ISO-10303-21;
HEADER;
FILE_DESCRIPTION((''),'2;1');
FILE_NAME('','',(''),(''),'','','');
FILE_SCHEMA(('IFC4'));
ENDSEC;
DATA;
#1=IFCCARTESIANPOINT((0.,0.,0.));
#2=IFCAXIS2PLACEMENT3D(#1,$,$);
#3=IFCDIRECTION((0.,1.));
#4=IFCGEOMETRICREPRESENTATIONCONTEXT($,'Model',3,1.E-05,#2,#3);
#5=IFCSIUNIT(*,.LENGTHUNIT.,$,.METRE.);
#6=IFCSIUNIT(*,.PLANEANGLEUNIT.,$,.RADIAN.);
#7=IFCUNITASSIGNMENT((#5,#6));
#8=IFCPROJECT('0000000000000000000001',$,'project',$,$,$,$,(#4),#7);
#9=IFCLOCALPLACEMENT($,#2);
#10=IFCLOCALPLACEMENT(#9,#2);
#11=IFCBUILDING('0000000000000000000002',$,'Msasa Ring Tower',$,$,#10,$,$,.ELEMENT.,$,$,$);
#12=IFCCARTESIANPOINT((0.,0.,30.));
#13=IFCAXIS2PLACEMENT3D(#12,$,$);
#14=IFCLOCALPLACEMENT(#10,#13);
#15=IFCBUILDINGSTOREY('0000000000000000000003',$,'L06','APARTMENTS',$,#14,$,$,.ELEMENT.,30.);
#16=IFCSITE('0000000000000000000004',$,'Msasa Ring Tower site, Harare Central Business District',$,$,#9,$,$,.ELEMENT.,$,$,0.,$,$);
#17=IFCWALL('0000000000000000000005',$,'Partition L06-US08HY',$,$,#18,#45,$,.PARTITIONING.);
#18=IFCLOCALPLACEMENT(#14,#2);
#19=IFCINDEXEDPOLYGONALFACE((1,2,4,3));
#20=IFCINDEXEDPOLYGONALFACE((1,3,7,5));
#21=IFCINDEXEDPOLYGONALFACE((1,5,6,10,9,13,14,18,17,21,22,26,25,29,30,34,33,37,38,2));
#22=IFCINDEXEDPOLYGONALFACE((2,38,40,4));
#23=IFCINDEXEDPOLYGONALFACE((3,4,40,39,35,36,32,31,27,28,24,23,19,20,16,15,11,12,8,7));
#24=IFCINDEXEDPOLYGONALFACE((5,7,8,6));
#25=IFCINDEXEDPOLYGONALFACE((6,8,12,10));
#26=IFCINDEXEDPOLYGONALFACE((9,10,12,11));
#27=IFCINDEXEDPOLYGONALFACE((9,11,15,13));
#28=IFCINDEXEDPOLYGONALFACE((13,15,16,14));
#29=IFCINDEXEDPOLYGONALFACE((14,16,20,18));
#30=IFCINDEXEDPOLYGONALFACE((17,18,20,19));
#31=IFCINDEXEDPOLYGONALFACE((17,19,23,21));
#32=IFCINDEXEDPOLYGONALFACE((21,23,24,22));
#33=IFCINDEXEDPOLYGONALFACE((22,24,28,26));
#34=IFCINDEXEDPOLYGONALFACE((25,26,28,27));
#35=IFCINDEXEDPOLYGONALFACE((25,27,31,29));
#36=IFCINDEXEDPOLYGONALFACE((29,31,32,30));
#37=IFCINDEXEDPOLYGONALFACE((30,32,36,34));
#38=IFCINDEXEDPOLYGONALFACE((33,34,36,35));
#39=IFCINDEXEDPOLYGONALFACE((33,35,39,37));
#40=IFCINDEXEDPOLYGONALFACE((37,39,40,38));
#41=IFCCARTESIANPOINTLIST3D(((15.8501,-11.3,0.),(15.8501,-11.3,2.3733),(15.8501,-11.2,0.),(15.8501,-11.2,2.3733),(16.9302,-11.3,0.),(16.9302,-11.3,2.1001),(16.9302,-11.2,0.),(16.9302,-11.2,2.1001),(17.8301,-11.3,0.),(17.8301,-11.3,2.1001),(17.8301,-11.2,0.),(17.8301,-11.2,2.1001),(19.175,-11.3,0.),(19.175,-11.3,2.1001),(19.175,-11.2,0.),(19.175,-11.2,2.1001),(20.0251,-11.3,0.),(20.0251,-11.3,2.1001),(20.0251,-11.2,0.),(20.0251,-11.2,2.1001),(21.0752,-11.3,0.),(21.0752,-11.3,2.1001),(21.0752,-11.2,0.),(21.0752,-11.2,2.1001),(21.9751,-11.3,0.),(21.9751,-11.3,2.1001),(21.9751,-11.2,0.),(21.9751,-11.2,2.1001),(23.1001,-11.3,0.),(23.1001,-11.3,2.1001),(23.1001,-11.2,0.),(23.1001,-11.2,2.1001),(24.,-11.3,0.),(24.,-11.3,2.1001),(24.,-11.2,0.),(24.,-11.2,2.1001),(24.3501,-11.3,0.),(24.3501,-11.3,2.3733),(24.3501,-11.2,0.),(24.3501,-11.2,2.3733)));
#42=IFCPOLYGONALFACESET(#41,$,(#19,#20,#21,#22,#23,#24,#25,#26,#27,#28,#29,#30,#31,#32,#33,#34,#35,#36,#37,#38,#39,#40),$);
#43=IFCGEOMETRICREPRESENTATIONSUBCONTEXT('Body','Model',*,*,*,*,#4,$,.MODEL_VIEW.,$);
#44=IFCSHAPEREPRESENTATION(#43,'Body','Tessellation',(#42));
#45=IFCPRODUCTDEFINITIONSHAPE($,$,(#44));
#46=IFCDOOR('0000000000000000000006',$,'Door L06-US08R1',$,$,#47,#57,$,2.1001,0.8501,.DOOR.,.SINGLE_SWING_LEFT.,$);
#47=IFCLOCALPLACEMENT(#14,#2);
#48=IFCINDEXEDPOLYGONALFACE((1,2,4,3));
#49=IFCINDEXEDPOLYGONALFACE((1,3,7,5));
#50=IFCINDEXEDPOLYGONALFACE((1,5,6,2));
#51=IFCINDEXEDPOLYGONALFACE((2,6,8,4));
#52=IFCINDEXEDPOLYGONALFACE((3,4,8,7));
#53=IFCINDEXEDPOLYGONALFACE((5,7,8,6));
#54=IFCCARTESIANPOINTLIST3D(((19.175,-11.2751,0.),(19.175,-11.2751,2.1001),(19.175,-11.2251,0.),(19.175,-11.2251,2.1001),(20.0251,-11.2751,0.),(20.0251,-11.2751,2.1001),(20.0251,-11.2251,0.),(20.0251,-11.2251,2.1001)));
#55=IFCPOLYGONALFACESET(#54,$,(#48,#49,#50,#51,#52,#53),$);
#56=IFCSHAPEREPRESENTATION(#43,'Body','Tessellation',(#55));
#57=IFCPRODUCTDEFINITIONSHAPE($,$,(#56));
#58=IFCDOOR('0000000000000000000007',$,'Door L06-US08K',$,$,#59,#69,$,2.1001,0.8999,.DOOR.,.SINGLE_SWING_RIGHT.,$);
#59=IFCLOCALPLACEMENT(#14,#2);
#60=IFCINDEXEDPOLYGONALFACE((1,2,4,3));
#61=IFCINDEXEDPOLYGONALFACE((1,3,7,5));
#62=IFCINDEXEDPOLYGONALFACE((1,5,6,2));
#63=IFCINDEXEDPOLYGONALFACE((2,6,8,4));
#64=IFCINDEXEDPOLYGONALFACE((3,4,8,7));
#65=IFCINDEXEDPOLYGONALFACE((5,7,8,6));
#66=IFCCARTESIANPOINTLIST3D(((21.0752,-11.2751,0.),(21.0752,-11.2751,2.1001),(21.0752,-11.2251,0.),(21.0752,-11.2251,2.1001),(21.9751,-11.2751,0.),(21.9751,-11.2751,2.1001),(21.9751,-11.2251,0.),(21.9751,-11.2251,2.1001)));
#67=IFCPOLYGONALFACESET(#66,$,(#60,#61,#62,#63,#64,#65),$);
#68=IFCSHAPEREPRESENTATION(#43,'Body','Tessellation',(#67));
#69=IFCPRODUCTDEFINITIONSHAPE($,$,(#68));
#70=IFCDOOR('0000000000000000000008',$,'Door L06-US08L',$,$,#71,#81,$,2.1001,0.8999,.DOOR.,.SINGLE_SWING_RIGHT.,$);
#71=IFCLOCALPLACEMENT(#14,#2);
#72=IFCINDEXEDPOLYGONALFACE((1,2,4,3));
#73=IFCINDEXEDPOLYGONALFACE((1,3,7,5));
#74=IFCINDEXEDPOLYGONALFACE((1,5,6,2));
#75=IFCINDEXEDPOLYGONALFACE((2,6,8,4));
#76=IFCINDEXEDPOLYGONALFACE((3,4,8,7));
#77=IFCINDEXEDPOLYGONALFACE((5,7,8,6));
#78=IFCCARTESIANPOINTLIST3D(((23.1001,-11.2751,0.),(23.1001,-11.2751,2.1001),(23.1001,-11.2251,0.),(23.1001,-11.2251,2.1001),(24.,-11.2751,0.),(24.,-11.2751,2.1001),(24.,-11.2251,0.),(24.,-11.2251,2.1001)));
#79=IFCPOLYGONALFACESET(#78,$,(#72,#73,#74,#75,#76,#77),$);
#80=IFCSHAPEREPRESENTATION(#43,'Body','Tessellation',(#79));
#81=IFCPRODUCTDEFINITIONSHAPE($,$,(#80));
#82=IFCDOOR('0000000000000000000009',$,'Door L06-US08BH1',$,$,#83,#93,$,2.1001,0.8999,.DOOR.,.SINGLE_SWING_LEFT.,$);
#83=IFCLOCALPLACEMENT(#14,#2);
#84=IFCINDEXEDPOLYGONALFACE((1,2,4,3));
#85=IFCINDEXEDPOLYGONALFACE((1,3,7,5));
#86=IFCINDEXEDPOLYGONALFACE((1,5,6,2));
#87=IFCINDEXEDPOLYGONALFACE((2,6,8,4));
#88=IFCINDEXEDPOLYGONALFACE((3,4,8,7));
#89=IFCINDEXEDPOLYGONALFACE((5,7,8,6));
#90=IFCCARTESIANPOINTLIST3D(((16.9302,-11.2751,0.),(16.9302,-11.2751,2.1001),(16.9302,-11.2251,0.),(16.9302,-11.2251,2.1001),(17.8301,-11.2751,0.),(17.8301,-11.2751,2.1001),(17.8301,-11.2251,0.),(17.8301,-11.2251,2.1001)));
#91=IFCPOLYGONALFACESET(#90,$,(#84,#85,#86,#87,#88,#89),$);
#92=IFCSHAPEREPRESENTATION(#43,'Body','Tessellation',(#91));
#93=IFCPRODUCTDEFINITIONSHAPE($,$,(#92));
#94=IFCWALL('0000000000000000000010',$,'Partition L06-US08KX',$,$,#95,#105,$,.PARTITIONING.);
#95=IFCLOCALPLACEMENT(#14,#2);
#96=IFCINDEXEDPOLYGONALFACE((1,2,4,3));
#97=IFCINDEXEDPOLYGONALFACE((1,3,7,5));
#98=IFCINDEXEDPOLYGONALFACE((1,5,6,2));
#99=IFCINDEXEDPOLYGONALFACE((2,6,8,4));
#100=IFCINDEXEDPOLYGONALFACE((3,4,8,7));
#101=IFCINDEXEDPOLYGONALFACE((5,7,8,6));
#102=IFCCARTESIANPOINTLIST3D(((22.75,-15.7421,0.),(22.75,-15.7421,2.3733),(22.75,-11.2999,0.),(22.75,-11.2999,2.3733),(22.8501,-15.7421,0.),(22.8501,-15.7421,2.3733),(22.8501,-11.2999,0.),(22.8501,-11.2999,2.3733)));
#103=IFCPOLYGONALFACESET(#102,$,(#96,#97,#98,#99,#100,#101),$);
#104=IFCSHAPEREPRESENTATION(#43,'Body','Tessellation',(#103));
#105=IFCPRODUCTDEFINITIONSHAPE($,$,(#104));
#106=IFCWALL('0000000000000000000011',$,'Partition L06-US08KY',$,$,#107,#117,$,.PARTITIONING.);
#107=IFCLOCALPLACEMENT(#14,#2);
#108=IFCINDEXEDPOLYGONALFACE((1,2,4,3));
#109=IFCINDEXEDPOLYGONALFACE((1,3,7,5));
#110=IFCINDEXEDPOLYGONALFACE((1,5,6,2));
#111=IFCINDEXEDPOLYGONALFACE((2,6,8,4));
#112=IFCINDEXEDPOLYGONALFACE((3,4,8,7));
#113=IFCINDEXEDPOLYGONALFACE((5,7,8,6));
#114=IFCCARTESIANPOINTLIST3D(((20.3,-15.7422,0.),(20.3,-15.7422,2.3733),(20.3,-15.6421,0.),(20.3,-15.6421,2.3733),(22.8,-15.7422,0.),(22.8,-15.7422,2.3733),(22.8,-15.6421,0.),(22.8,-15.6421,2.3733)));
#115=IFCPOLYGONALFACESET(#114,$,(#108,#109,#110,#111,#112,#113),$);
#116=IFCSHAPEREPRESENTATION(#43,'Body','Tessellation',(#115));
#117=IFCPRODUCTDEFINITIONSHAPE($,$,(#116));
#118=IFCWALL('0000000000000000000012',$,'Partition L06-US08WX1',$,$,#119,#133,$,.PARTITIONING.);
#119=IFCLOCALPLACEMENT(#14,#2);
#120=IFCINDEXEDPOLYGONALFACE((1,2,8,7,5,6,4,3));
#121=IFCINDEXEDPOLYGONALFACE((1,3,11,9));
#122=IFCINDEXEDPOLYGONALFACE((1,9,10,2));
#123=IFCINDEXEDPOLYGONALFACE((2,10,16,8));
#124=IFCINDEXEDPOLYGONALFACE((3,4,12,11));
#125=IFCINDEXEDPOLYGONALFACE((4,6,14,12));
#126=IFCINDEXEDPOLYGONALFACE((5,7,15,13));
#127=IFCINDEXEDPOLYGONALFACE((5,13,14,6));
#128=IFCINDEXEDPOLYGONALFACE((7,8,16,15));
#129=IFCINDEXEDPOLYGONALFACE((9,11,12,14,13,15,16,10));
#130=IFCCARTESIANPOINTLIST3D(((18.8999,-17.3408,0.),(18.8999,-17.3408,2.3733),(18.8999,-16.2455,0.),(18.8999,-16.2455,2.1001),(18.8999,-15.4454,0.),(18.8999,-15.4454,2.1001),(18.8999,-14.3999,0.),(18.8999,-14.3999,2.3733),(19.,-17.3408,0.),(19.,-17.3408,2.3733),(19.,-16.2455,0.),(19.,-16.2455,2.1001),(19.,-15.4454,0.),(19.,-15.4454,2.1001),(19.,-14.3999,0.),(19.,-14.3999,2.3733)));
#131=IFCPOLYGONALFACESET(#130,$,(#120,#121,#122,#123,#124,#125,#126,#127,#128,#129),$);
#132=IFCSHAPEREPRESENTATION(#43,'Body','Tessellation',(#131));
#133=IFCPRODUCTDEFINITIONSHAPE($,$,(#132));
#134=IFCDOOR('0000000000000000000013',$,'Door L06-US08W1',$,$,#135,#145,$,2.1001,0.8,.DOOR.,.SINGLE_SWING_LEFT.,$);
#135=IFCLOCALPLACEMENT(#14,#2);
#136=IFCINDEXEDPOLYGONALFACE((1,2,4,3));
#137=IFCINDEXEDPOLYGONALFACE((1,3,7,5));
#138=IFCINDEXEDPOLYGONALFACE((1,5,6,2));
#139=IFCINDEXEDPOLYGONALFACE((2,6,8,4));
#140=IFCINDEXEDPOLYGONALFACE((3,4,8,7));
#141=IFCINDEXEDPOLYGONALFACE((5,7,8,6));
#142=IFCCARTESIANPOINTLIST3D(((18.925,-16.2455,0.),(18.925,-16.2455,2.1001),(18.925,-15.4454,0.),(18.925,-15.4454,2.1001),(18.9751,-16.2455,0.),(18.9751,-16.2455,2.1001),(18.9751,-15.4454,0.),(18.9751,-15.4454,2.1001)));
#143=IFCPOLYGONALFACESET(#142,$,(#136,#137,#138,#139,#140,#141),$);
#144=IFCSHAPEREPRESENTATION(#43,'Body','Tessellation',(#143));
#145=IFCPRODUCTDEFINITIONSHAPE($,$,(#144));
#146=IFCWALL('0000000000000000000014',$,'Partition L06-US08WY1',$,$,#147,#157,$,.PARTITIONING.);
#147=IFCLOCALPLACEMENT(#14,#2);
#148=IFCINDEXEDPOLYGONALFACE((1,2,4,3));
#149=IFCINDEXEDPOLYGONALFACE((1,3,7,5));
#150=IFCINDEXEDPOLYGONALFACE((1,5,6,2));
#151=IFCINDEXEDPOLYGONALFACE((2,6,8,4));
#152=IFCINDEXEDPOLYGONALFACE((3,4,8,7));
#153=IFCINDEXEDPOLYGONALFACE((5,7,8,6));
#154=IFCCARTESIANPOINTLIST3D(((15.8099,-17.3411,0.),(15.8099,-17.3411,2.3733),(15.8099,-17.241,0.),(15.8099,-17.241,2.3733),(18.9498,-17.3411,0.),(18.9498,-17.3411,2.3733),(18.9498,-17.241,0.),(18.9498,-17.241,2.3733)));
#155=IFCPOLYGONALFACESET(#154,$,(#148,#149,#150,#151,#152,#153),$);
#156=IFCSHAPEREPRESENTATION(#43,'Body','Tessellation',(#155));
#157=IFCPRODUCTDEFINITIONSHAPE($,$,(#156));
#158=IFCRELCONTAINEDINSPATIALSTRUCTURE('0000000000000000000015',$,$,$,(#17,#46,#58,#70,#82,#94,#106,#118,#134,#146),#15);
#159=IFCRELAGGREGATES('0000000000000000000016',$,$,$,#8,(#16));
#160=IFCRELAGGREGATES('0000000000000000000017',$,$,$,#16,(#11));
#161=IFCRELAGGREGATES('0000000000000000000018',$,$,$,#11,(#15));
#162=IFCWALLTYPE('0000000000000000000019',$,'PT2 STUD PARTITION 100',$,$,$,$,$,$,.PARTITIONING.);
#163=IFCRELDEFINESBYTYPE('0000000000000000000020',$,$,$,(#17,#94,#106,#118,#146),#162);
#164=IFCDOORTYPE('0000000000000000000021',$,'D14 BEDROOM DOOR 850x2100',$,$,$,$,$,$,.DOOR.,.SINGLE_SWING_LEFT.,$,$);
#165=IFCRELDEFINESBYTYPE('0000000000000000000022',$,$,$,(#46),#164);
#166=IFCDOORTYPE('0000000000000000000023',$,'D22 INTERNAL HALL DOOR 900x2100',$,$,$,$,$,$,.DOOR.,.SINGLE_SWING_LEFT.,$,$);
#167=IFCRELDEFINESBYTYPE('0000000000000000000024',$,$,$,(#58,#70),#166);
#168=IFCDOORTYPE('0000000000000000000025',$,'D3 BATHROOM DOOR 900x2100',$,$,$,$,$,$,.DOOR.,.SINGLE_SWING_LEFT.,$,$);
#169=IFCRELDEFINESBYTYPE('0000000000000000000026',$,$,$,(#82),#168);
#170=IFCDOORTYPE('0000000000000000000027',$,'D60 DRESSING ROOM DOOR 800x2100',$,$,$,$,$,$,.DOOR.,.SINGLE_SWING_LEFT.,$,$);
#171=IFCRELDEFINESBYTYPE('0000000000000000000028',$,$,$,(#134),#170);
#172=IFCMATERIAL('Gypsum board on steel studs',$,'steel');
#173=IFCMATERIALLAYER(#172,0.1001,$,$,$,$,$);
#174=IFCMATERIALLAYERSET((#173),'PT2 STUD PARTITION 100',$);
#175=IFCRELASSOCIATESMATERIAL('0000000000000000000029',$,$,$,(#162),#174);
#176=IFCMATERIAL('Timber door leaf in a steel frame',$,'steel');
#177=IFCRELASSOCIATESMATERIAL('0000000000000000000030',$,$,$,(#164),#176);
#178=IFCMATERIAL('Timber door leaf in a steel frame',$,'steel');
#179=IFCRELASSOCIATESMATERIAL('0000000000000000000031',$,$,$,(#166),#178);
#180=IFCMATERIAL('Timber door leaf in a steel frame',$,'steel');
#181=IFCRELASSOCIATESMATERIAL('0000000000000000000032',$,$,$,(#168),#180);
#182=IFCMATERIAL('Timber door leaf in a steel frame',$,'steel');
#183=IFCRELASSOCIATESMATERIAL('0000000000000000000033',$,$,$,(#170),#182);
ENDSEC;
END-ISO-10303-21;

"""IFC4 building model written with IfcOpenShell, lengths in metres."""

from ifc_helpers import new_model, si_unit, direction, frame, frame_2d, origin, place, context, subcontext, project, spatial, rectangle, extrude, material, layer, layer_set, type_object, element, fill, save


model = new_model("IFC4")

# Units and contexts
model_context = context("Model", 3, precision=1e-05, world=origin(), true_north=direction((0.0, 1.0)))
body_context = subcontext(model_context, "Body", "Model", "MODEL_VIEW")
ifc_project = project(units=[si_unit("LENGTHUNIT", "METRE"), si_unit("PLANEANGLEUNIT", "RADIAN")], contexts=[model_context])

# Site, building, storey
site_placement = place(None, origin())
site = spatial("IfcSite", under=ifc_project, at=site_placement, Name="Msasa Ring Tower site, Harare Central Business District", CompositionType="ELEMENT", RefElevation=0.0)
building_placement = place(site_placement, origin())
building = spatial("IfcBuilding", under=site, at=building_placement, Name="Msasa Ring Tower", CompositionType="ELEMENT")
storey_placement = place(building_placement, frame((0.0, 0.0, 30.0)))
storey = spatial("IfcBuildingStorey", under=building, at=storey_placement, Name="L06", Description="APARTMENTS", CompositionType="ELEMENT", Elevation=30.0)

# Wall, openings, doors
ifc_material_1 = material(Name="Gypsum board on steel studs", Category="steel")
ifc_layer_1 = layer(ifc_material_1, 0.1001)
ifc_layer_set_1 = layer_set([ifc_layer_1], Name="PT2 STUD PARTITION 100")
wall_type_1 = type_object("IfcWallType", Name="PT2 STUD PARTITION 100", PredefinedType="PARTITIONING", material=ifc_layer_set_1)
wall_1_placement = place(storey_placement, frame((15.8501, -11.25, 0.0), z_axis=(0.0, 0.0, 1.0), x_axis=(1.0, 0.0, 0.0)))
wall_1 = element("IfcWall", 1, at=wall_1_placement, inside=storey, type_object=wall_type_1, Name="Partition L06-US08HY", PredefinedType="PARTITIONING", context=body_context, shape_type="SweptSolid", body=[
    extrude(rectangle(XDim=8.5, YDim=0.1001, at=frame_2d((4.25, 0.0))), origin(), (0.0, 0.0, 1.0), 2.3733),
])
opening_1_placement = place(wall_1_placement, frame((5.2251, 0.0, 0.0)))
opening_1 = element("IfcOpeningElement", 2, at=opening_1_placement, cuts=wall_1, PredefinedType="OPENING", context=body_context, shape_type="SweptSolid", body=[
    extrude(rectangle(XDim=0.8999, YDim=2.1001, at=frame_2d((0.45, 1.05))), frame((0.0, 0.0601, 0.0), z_axis=(0.0, -1.0, 0.0), x_axis=(1.0, 0.0, 0.0)), (0.0, 0.0, 1.0), 0.1201),
])
opening_2_placement = place(wall_1_placement, frame((7.25, 0.0, 0.0)))
opening_2 = element("IfcOpeningElement", 3, at=opening_2_placement, cuts=wall_1, PredefinedType="OPENING", context=body_context, shape_type="SweptSolid", body=[
    extrude(rectangle(XDim=0.8999, YDim=2.1001, at=frame_2d((0.45, 1.05))), frame((0.0, 0.0601, 0.0), z_axis=(0.0, -1.0, 0.0), x_axis=(1.0, 0.0, 0.0)), (0.0, 0.0, 1.0), 0.1201),
])
opening_3_placement = place(wall_1_placement, frame((3.325, 0.0, 0.0)))
opening_3 = element("IfcOpeningElement", 4, at=opening_3_placement, cuts=wall_1, PredefinedType="OPENING", context=body_context, shape_type="SweptSolid", body=[
    extrude(rectangle(XDim=0.8501, YDim=2.1001, at=frame_2d((0.425, 1.05))), frame((0.0, 0.0601, 0.0), z_axis=(0.0, -1.0, 0.0), x_axis=(1.0, 0.0, 0.0)), (0.0, 0.0, 1.0), 0.1201),
])
opening_4_placement = place(wall_1_placement, frame((1.0801, 0.0, 0.0)))
opening_4 = element("IfcOpeningElement", 5, at=opening_4_placement, cuts=wall_1, PredefinedType="OPENING", context=body_context, shape_type="SweptSolid", body=[
    extrude(rectangle(XDim=0.8999, YDim=2.1001, at=frame_2d((0.45, 1.05))), frame((0.0, 0.0601, 0.0), z_axis=(0.0, -1.0, 0.0), x_axis=(1.0, 0.0, 0.0)), (0.0, 0.0, 1.0), 0.1201),
])
ifc_material_2 = material(Name="Timber door leaf in a steel frame", Category="steel")
door_type_1 = type_object("IfcDoorType", Name="D14 BEDROOM DOOR 850x2100", OperationType="SINGLE_SWING_LEFT", PredefinedType="DOOR", material=ifc_material_2)
door_1_placement = place(opening_3_placement, origin())
door_1 = element("IfcDoor", 6, at=door_1_placement, inside=storey, type_object=door_type_1, Name="Door L06-US08R1", OperationType="SINGLE_SWING_LEFT", OverallHeight=2.1001, OverallWidth=0.8501, PredefinedType="DOOR", context=body_context, shape_type="SweptSolid", body=[
    extrude(rectangle(XDim=0.8501, YDim=2.1001, at=frame_2d((0.425, 1.05))), frame((0.0, 0.0249, 0.0), z_axis=(0.0, -1.0, 0.0), x_axis=(1.0, 0.0, 0.0)), (0.0, 0.0, 1.0), 0.05),
])
fill(opening_3, door_1)
ifc_material_3 = material(Name="Timber door leaf in a steel frame", Category="steel")
door_type_2 = type_object("IfcDoorType", Name="D22 INTERNAL HALL DOOR 900x2100", OperationType="SINGLE_SWING_LEFT", PredefinedType="DOOR", material=ifc_material_3)
door_2_placement = place(opening_1_placement, origin())
door_2 = element("IfcDoor", 7, at=door_2_placement, inside=storey, type_object=door_type_2, Name="Door L06-US08K", OperationType="SINGLE_SWING_RIGHT", OverallHeight=2.1001, OverallWidth=0.8999, PredefinedType="DOOR", context=body_context, shape_type="SweptSolid", body=[
    extrude(rectangle(XDim=0.8999, YDim=2.1001, at=frame_2d((0.45, 1.05))), frame((0.0, 0.0249, 0.0), z_axis=(0.0, -1.0, 0.0), x_axis=(1.0, 0.0, 0.0)), (0.0, 0.0, 1.0), 0.05),
])
fill(opening_1, door_2)
door_3_placement = place(opening_2_placement, origin())
door_3 = element("IfcDoor", 8, at=door_3_placement, inside=storey, type_object=door_type_2, Name="Door L06-US08L", OperationType="SINGLE_SWING_RIGHT", OverallHeight=2.1001, OverallWidth=0.8999, PredefinedType="DOOR", context=body_context, shape_type="SweptSolid", body=[
    extrude(rectangle(XDim=0.8999, YDim=2.1001, at=frame_2d((0.45, 1.05))), frame((0.0, 0.0249, 0.0), z_axis=(0.0, -1.0, 0.0), x_axis=(1.0, 0.0, 0.0)), (0.0, 0.0, 1.0), 0.05),
])
fill(opening_2, door_3)
ifc_material_4 = material(Name="Timber door leaf in a steel frame", Category="steel")
door_type_3 = type_object("IfcDoorType", Name="D3 BATHROOM DOOR 900x2100", OperationType="SINGLE_SWING_LEFT", PredefinedType="DOOR", material=ifc_material_4)
door_4_placement = place(opening_4_placement, origin())
door_4 = element("IfcDoor", 9, at=door_4_placement, inside=storey, type_object=door_type_3, Name="Door L06-US08BH1", OperationType="SINGLE_SWING_LEFT", OverallHeight=2.1001, OverallWidth=0.8999, PredefinedType="DOOR", context=body_context, shape_type="SweptSolid", body=[
    extrude(rectangle(XDim=0.8999, YDim=2.1001, at=frame_2d((0.45, 1.05))), frame((0.0, 0.0249, 0.0), z_axis=(0.0, -1.0, 0.0), x_axis=(1.0, 0.0, 0.0)), (0.0, 0.0, 1.0), 0.05),
])
fill(opening_4, door_4)

# Walls
wall_2_placement = place(storey_placement, frame((22.8, -15.7422, 0.0), z_axis=(0.0, 0.0, 1.0), x_axis=(0.0, 1.0, 0.0)))
element("IfcWall", 10, at=wall_2_placement, inside=storey, type_object=wall_type_1, Name="Partition L06-US08KX", PredefinedType="PARTITIONING", context=body_context, shape_type="SweptSolid", body=[
    extrude(rectangle(XDim=4.4421, YDim=0.1001, at=frame_2d((2.2212, 0.0))), origin(), (0.0, 0.0, 1.0), 2.3733),
])
wall_3_placement = place(storey_placement, frame((20.3, -15.6921, 0.0), z_axis=(0.0, 0.0, 1.0), x_axis=(1.0, 0.0, 0.0)))
element("IfcWall", 11, at=wall_3_placement, inside=storey, type_object=wall_type_1, Name="Partition L06-US08KY", PredefinedType="PARTITIONING", context=body_context, shape_type="SweptSolid", body=[
    extrude(rectangle(XDim=2.5, YDim=0.1001, at=frame_2d((1.25, 0.0))), origin(), (0.0, 0.0, 1.0), 2.3733),
])

# Wall, opening, door
wall_4_placement = place(storey_placement, frame((18.95, -17.3408, 0.0), z_axis=(0.0, 0.0, 1.0), x_axis=(0.0, 1.0, 0.0)))
wall_4 = element("IfcWall", 12, at=wall_4_placement, inside=storey, type_object=wall_type_1, Name="Partition L06-US08WX1", PredefinedType="PARTITIONING", context=body_context, shape_type="SweptSolid", body=[
    extrude(rectangle(XDim=2.9409, YDim=0.1001, at=frame_2d((1.4705, 0.0))), origin(), (0.0, 0.0, 1.0), 2.3733),
])
opening_5_placement = place(wall_4_placement, frame((1.0955, 0.0, 0.0)))
opening_5 = element("IfcOpeningElement", 13, at=opening_5_placement, cuts=wall_4, PredefinedType="OPENING", context=body_context, shape_type="SweptSolid", body=[
    extrude(rectangle(XDim=0.8, YDim=2.1001, at=frame_2d((0.3999, 1.05))), frame((0.0, 0.0601, 0.0), z_axis=(0.0, -1.0, 0.0), x_axis=(1.0, 0.0, 0.0)), (0.0, 0.0, 1.0), 0.1201),
])
ifc_material_5 = material(Name="Timber door leaf in a steel frame", Category="steel")
door_type_4 = type_object("IfcDoorType", Name="D60 DRESSING ROOM DOOR 800x2100", OperationType="SINGLE_SWING_LEFT", PredefinedType="DOOR", material=ifc_material_5)
door_5_placement = place(opening_5_placement, origin())
door_5 = element("IfcDoor", 14, at=door_5_placement, inside=storey, type_object=door_type_4, Name="Door L06-US08W1", OperationType="SINGLE_SWING_LEFT", OverallHeight=2.1001, OverallWidth=0.8, PredefinedType="DOOR", context=body_context, shape_type="SweptSolid", body=[
    extrude(rectangle(XDim=0.8, YDim=2.1001, at=frame_2d((0.3999, 1.05))), frame((0.0, 0.0249, 0.0), z_axis=(0.0, -1.0, 0.0), x_axis=(1.0, 0.0, 0.0)), (0.0, 0.0, 1.0), 0.05),
])
fill(opening_5, door_5)

# Wall
wall_5_placement = place(storey_placement, frame((15.8101, -17.291, 0.0), z_axis=(0.0, 0.0, 1.0), x_axis=(1.0, 0.0, 0.0)))
element("IfcWall", 15, at=wall_5_placement, inside=storey, type_object=wall_type_1, Name="Partition L06-US08WY1", PredefinedType="PARTITIONING", context=body_context, shape_type="SweptSolid", body=[
    extrude(rectangle(XDim=3.1399, YDim=0.1001, at=frame_2d((1.5698, 0.0))), origin(), (0.0, 0.0, 1.0), 2.3733),
])

save(model, "model.ifc")
